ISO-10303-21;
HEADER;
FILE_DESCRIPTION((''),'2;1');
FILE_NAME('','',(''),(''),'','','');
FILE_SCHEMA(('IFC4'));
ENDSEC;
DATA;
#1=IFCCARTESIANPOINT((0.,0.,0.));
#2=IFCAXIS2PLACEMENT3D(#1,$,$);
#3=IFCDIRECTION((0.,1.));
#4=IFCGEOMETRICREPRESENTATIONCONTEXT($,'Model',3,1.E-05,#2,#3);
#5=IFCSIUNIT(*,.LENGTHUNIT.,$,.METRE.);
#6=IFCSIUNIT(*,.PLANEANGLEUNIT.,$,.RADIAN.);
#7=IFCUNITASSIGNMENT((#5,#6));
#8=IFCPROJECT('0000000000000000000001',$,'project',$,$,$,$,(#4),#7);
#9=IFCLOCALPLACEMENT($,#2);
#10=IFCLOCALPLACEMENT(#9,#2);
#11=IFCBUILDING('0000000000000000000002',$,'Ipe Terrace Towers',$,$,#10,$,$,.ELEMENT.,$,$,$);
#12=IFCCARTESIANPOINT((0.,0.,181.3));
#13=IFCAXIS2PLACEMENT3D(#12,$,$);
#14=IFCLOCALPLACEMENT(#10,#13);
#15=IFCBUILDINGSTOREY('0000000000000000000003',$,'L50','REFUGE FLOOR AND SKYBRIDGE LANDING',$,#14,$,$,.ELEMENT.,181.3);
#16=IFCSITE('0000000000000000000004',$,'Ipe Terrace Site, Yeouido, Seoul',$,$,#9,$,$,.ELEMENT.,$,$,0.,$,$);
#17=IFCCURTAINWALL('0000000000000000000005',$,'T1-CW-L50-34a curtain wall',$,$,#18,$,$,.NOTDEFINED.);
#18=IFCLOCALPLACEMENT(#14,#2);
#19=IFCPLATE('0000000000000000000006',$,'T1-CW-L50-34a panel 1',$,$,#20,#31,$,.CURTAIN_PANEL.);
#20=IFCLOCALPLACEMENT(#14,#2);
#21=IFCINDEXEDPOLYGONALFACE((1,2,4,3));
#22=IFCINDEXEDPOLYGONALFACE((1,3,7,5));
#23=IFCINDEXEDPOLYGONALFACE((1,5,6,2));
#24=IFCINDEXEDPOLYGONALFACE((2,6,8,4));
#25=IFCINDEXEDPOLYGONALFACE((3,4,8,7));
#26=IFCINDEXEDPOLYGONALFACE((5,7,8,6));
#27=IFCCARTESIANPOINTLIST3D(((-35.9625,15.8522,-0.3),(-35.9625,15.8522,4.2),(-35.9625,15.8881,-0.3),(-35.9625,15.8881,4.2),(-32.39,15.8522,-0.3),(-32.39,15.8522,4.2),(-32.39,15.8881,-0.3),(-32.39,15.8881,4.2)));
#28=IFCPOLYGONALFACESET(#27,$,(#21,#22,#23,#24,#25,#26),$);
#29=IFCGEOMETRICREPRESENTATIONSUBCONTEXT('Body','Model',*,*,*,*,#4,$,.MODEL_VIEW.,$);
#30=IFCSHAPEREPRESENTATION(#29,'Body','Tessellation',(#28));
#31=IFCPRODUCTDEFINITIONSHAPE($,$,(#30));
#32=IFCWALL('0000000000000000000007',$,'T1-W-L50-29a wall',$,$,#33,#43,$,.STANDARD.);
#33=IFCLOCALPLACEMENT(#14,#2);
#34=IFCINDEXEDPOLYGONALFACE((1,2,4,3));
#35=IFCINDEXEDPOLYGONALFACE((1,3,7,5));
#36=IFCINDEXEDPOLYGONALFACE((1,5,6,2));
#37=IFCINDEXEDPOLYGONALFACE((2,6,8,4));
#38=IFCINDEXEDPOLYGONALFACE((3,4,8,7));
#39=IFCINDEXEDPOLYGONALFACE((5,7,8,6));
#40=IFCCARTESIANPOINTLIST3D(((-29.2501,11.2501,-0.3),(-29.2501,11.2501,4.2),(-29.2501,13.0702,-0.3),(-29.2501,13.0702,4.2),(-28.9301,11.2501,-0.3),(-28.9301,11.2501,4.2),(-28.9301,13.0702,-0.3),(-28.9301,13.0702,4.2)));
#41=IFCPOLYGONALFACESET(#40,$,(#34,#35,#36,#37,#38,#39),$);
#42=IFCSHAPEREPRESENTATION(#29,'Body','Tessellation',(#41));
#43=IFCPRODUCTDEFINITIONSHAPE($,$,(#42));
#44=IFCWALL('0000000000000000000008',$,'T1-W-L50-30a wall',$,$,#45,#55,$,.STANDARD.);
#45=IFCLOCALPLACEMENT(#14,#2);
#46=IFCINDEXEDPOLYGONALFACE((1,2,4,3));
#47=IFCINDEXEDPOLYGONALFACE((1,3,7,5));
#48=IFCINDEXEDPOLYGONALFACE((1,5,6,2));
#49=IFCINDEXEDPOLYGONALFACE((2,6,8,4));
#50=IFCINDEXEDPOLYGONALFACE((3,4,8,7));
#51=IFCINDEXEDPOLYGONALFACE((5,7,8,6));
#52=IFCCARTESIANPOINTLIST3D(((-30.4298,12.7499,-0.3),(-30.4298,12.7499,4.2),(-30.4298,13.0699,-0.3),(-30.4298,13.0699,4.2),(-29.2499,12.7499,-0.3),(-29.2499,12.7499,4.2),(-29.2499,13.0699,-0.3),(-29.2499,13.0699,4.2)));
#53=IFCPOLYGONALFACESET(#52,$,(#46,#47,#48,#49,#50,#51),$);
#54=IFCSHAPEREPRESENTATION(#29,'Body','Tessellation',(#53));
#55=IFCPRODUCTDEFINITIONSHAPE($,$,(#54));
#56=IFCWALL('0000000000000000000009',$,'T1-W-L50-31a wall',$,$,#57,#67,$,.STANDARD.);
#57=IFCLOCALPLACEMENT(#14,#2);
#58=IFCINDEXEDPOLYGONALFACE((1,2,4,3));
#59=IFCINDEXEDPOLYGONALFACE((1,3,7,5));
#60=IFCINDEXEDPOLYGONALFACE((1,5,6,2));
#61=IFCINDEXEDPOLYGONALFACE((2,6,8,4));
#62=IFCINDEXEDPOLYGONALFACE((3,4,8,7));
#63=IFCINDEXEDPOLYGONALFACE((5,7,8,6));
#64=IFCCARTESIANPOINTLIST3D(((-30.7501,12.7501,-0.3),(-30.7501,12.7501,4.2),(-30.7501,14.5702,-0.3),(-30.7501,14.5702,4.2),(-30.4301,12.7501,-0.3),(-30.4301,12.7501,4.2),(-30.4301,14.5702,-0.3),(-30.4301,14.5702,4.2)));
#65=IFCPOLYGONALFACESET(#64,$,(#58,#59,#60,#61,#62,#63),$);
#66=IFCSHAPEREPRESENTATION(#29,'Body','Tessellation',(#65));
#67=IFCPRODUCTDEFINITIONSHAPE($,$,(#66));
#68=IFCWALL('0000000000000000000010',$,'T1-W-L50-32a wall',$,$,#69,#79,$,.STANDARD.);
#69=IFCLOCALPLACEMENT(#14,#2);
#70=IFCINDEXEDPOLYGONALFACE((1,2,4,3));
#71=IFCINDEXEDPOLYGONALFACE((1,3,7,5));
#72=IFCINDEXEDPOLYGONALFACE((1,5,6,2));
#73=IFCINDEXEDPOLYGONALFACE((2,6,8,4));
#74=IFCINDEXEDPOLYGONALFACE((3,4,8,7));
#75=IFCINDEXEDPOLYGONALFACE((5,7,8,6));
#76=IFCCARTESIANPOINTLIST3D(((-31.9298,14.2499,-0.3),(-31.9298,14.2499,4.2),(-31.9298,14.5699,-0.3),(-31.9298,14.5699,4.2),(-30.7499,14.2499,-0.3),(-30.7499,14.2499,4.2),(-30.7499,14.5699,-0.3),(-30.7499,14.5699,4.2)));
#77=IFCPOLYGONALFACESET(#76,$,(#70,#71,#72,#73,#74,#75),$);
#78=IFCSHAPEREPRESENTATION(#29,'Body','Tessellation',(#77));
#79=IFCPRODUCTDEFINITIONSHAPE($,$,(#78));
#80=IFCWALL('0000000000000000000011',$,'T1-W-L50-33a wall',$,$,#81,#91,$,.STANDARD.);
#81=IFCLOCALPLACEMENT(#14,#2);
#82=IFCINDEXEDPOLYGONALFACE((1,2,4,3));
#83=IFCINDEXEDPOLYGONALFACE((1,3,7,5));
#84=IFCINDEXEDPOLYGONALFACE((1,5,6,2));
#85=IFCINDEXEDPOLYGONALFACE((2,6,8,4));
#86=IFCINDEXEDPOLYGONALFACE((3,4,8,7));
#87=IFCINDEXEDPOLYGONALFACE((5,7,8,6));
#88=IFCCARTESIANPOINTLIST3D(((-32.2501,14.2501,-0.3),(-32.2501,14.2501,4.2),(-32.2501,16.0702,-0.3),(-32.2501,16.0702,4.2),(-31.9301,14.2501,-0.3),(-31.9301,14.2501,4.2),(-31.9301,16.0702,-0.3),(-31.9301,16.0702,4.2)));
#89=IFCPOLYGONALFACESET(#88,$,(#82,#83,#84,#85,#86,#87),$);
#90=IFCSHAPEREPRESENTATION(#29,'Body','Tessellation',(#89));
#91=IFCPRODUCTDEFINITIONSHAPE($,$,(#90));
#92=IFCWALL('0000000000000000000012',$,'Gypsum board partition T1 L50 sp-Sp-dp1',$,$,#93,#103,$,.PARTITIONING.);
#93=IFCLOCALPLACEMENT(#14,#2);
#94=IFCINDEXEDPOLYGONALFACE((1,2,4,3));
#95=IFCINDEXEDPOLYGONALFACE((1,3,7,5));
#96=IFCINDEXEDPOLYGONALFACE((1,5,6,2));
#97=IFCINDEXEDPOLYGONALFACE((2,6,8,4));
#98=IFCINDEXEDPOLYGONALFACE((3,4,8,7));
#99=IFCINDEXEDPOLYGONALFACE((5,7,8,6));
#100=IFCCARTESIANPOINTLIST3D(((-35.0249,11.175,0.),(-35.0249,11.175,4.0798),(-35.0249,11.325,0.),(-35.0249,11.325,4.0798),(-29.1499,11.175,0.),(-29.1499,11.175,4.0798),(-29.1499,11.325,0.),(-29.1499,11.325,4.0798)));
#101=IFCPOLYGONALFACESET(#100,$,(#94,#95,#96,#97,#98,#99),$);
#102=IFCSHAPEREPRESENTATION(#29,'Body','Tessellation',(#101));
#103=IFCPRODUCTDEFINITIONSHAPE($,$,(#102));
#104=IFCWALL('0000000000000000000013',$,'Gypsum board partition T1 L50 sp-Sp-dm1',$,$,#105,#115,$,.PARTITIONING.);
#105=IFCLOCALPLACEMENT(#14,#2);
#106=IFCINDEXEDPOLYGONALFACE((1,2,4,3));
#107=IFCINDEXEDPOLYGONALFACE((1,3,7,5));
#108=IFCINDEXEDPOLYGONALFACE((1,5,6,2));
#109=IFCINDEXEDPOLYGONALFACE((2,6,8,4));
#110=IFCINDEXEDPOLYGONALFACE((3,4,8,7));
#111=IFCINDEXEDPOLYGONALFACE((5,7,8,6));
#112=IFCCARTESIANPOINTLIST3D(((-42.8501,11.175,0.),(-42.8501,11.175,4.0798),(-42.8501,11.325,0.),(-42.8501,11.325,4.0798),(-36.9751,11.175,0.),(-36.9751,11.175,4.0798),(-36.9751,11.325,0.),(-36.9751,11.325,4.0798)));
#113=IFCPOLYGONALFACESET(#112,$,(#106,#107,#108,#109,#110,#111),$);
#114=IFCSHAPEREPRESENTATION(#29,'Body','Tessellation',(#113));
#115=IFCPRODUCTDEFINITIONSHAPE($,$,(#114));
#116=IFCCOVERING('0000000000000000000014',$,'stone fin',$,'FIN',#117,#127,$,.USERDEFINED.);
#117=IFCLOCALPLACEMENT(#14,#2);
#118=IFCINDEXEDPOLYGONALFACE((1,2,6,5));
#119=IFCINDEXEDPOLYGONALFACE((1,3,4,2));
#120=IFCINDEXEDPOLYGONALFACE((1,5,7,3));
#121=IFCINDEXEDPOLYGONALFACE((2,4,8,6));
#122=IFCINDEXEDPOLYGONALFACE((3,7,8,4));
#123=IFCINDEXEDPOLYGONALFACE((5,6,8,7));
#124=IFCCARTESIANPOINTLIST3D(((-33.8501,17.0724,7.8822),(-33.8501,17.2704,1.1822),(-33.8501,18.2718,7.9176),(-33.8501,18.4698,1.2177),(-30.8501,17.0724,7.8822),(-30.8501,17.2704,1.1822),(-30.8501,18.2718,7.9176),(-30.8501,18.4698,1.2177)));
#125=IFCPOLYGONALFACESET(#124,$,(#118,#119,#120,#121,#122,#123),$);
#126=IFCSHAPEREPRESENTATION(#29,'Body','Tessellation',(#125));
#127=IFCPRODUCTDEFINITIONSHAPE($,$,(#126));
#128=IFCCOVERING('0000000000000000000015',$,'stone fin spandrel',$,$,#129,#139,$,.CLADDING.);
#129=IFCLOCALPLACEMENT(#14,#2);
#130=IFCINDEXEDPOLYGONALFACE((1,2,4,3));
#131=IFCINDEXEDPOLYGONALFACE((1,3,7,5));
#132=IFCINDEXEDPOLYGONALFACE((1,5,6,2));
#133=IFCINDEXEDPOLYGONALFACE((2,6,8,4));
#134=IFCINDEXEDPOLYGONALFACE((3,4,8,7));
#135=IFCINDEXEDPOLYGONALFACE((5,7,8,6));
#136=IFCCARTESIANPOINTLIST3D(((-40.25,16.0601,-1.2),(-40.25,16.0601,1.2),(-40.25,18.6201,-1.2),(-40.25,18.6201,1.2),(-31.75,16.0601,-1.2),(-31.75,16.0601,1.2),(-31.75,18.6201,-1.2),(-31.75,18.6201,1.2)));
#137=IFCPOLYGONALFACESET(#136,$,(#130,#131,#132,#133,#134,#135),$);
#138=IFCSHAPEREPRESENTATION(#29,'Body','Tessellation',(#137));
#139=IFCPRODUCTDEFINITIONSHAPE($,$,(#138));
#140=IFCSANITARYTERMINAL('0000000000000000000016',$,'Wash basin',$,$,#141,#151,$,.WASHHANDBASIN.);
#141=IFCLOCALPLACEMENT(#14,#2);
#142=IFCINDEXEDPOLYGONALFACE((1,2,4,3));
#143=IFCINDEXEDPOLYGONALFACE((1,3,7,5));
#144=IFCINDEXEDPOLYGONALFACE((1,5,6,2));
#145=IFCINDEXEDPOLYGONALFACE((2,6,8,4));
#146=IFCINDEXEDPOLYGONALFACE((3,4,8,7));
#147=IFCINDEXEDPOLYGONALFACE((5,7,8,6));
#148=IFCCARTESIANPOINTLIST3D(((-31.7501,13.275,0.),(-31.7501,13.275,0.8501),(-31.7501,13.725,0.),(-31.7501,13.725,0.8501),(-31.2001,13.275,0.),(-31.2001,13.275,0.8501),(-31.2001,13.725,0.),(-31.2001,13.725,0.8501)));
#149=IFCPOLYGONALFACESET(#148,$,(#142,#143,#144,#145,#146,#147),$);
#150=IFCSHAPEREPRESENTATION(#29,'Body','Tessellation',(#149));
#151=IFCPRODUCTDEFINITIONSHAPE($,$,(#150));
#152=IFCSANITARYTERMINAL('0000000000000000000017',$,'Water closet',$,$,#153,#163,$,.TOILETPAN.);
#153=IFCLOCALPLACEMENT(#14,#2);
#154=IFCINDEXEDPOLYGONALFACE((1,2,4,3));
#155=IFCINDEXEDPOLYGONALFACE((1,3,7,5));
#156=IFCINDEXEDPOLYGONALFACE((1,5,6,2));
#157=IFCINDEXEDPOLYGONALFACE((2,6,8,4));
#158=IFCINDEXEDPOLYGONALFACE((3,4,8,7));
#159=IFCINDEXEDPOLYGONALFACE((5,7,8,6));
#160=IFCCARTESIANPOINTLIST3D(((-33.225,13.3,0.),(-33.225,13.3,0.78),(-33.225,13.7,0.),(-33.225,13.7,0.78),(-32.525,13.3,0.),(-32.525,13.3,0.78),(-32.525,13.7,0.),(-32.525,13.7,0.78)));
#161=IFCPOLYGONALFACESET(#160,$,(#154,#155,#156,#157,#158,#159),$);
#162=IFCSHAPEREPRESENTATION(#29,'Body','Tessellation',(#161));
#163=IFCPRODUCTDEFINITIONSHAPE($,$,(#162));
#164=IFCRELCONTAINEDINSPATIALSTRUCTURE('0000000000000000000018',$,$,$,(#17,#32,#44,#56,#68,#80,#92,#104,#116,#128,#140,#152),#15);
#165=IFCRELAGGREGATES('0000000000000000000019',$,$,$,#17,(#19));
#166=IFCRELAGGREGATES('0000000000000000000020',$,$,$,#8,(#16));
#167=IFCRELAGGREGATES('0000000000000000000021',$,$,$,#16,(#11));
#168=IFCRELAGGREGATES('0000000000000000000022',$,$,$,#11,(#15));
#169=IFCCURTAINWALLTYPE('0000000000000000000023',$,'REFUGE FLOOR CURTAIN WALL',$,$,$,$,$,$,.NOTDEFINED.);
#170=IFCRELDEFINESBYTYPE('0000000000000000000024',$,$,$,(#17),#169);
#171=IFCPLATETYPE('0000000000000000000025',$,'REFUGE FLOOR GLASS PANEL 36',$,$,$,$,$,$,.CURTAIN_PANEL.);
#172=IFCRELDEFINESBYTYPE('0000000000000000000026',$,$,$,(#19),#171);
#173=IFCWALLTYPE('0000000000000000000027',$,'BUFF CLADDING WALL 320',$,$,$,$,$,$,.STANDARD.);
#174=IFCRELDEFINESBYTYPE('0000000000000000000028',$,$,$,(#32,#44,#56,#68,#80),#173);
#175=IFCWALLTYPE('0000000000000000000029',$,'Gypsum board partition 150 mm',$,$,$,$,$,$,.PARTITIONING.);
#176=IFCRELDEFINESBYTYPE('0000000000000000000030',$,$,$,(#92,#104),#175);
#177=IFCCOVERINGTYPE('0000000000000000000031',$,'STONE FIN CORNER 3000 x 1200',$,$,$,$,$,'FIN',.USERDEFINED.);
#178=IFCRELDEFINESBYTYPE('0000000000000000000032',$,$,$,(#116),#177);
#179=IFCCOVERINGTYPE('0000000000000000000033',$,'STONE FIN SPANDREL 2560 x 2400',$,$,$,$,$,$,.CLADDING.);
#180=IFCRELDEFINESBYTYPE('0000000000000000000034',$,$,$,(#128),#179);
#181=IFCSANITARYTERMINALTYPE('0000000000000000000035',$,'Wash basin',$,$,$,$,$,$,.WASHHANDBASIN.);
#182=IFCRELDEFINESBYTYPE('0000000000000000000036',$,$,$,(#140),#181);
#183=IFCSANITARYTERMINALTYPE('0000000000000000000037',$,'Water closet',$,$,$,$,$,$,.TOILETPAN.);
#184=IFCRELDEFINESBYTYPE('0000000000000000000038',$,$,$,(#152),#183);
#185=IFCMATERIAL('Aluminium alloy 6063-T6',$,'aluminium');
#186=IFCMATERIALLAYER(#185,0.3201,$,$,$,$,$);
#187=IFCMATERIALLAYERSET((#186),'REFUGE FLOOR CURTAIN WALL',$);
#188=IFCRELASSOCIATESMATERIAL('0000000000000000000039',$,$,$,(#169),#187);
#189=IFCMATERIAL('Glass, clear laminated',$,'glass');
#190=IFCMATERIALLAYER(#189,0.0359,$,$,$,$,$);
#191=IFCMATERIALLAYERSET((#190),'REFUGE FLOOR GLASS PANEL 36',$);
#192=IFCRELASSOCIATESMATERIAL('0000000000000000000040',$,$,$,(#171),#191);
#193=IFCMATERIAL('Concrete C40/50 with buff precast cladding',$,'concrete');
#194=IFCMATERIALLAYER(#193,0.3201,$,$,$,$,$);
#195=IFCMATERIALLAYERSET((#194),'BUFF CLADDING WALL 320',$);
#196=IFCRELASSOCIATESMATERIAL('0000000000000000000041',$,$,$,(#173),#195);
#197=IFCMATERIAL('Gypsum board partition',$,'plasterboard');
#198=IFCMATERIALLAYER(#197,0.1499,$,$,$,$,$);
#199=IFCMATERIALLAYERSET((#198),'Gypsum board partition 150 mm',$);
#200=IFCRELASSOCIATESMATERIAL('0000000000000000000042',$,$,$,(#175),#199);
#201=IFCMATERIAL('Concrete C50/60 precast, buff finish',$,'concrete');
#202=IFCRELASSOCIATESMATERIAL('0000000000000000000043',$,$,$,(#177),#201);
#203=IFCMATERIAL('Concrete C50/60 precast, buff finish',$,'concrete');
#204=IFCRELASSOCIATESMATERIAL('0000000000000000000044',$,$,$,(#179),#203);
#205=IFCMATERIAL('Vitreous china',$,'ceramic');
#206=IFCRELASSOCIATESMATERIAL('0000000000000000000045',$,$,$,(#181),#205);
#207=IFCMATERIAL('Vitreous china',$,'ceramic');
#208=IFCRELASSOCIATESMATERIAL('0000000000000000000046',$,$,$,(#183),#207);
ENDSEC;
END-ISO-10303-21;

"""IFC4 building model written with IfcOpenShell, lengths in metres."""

from ifc_helpers import new_model, si_unit, direction, frame, frame_2d, origin, origin_2d, place, context, subcontext, project, spatial, rectangle, extrude, material, layer, layer_set, material_profile, profile_set, type_object, element, aggregate, save


model = new_model("IFC4")

# Units and contexts
model_context = context("Model", 3, precision=1e-05, world=origin(), true_north=direction((0.0, 1.0)))
body_context = subcontext(model_context, "Body", "Model", "MODEL_VIEW")
ifc_project = project(units=[si_unit("LENGTHUNIT", "METRE"), si_unit("PLANEANGLEUNIT", "RADIAN")], contexts=[model_context])

# Site, building, storey
site_placement = place(None, origin())
site = spatial("IfcSite", under=ifc_project, at=site_placement, Name="Ipe Terrace Site, Yeouido, Seoul", CompositionType="ELEMENT", RefElevation=0.0)
building_placement = place(site_placement, origin())
building = spatial("IfcBuilding", under=site, at=building_placement, Name="Ipe Terrace Towers", CompositionType="ELEMENT")
storey_placement = place(building_placement, frame((0.0, 0.0, 181.3)))
storey = spatial("IfcBuildingStorey", under=building, at=storey_placement, Name="L50", Description="REFUGE FLOOR AND SKYBRIDGE LANDING", CompositionType="ELEMENT", Elevation=181.3)

# Curtain wall, plate
ifc_material_1 = material(Name="Aluminium alloy 6063-T6", Category="aluminium")
ifc_layer_1 = layer(ifc_material_1, 0.3201)
ifc_layer_set_1 = layer_set([ifc_layer_1], Name="REFUGE FLOOR CURTAIN WALL")
curtain_wall_type = type_object("IfcCurtainWallType", Name="REFUGE FLOOR CURTAIN WALL", PredefinedType="NOTDEFINED", material=ifc_layer_set_1)
curtain_wall_placement = place(storey_placement, origin())
curtain_wall = element("IfcCurtainWall", 1, at=curtain_wall_placement, inside=storey, type_object=curtain_wall_type, Name="T1-CW-L50-34a curtain wall", PredefinedType="NOTDEFINED")
ifc_material_2 = material(Name="Glass, clear laminated", Category="glass")
ifc_layer_2 = layer(ifc_material_2, 0.0359)
ifc_layer_set_2 = layer_set([ifc_layer_2], Name="REFUGE FLOOR GLASS PANEL 36")
plate_type = type_object("IfcPlateType", Name="REFUGE FLOOR GLASS PANEL 36", PredefinedType="CURTAIN_PANEL", material=ifc_layer_set_2)
plate_placement = place(storey_placement, frame((-34.1763, 15.8701, -0.3), z_axis=(0.0, 0.0, 1.0), x_axis=(-1.0, 0.0, 0.0)))
plate = element("IfcPlate", 2, at=plate_placement, type_object=plate_type, Name="T1-CW-L50-34a panel 1", PredefinedType="CURTAIN_PANEL", context=body_context, shape_type="SweptSolid", body=[
    extrude(rectangle(XDim=3.5725, YDim=0.0359, at=origin_2d()), origin(), (0.0, 0.0, 1.0), 4.5),
])
aggregate(curtain_wall, [plate])

# Walls
ifc_material_3 = material(Name="Concrete C40/50 with buff precast cladding", Category="concrete")
ifc_layer_3 = layer(ifc_material_3, 0.3201)
ifc_layer_set_3 = layer_set([ifc_layer_3], Name="BUFF CLADDING WALL 320")
wall_type_1 = type_object("IfcWallType", Name="BUFF CLADDING WALL 320", PredefinedType="STANDARD", material=ifc_layer_set_3)
wall_1_placement = place(storey_placement, frame((-29.0901, 11.25, -0.3), z_axis=(0.0, 0.0, 1.0), x_axis=(0.0, 1.0, 0.0)))
element("IfcWall", 3, at=wall_1_placement, inside=storey, type_object=wall_type_1, Name="T1-W-L50-29a wall", PredefinedType="STANDARD", context=body_context, shape_type="SweptSolid", body=[
    extrude(rectangle(XDim=1.8201, YDim=0.3201, at=frame_2d((0.9102, 0.0))), origin(), (0.0, 0.0, 1.0), 4.5),
])
wall_2_placement = place(storey_placement, frame((-29.25, 12.9099, -0.3), z_axis=(0.0, 0.0, 1.0), x_axis=(-1.0, 0.0, 0.0)))
element("IfcWall", 4, at=wall_2_placement, inside=storey, type_object=wall_type_1, Name="T1-W-L50-30a wall", PredefinedType="STANDARD", context=body_context, shape_type="SweptSolid", body=[
    extrude(rectangle(XDim=1.1799, YDim=0.3201, at=frame_2d((0.5898, 0.0))), origin(), (0.0, 0.0, 1.0), 4.5),
])
wall_3_placement = place(storey_placement, frame((-30.5901, 12.75, -0.3), z_axis=(0.0, 0.0, 1.0), x_axis=(0.0, 1.0, 0.0)))
element("IfcWall", 5, at=wall_3_placement, inside=storey, type_object=wall_type_1, Name="T1-W-L50-31a wall", PredefinedType="STANDARD", context=body_context, shape_type="SweptSolid", body=[
    extrude(rectangle(XDim=1.8201, YDim=0.3201, at=frame_2d((0.9102, 0.0))), origin(), (0.0, 0.0, 1.0), 4.5),
])
wall_4_placement = place(storey_placement, frame((-30.75, 14.4099, -0.3), z_axis=(0.0, 0.0, 1.0), x_axis=(-1.0, 0.0, 0.0)))
element("IfcWall", 6, at=wall_4_placement, inside=storey, type_object=wall_type_1, Name="T1-W-L50-32a wall", PredefinedType="STANDARD", context=body_context, shape_type="SweptSolid", body=[
    extrude(rectangle(XDim=1.1799, YDim=0.3201, at=frame_2d((0.5898, 0.0))), origin(), (0.0, 0.0, 1.0), 4.5),
])
wall_5_placement = place(storey_placement, frame((-32.0901, 14.25, -0.3), z_axis=(0.0, 0.0, 1.0), x_axis=(0.0, 1.0, 0.0)))
element("IfcWall", 7, at=wall_5_placement, inside=storey, type_object=wall_type_1, Name="T1-W-L50-33a wall", PredefinedType="STANDARD", context=body_context, shape_type="SweptSolid", body=[
    extrude(rectangle(XDim=1.8201, YDim=0.3201, at=frame_2d((0.9102, 0.0))), origin(), (0.0, 0.0, 1.0), 4.5),
])
ifc_material_4 = material(Name="Gypsum board partition", Category="plasterboard")
ifc_layer_4 = layer(ifc_material_4, 0.1499)
ifc_layer_set_4 = layer_set([ifc_layer_4], Name="Gypsum board partition 150 mm")
wall_type_2 = type_object("IfcWallType", Name="Gypsum board partition 150 mm", PredefinedType="PARTITIONING", material=ifc_layer_set_4)
for number, where, z_axis, x_axis, name in (
    (8, (-35.0249, 11.25, 0.0), (0.0, 0.0, 1.0), (1.0, 0.0, 0.0), "Gypsum board partition T1 L50 sp-Sp-dp1"),
    (9, (-36.9751, 11.25, 0.0), (0.0, 0.0, 1.0), (-1.0, 0.0, 0.0), "Gypsum board partition T1 L50 sp-Sp-dm1"),
):
    element("IfcWall", number, at=place(storey_placement, frame(where, z_axis=z_axis, x_axis=x_axis)), inside=storey, type_object=wall_type_2, Name=name, PredefinedType="PARTITIONING", context=body_context, shape_type="SweptSolid", body=[
        extrude(rectangle(XDim=5.875, YDim=0.1499, at=frame_2d((2.9375, 0.0))), origin(), (0.0, 0.0, 1.0), 4.0798),
    ])

# Coverings
ifc_material_5 = material(Name="Concrete C50/60 precast, buff finish", Category="concrete")
ifc_material_profile_1 = material_profile(ifc_material_5, rectangle(XDim=3.0, YDim=1.2, at=origin_2d()), Name="STONE FIN CORNER 3000 x 1200")
ifc_profile_set_1 = profile_set([ifc_material_profile_1], Name="Concrete C50/60 precast, buff finish")
covering_type_1 = type_object("IfcCoveringType", Name="STONE FIN CORNER 3000 x 1200", ElementType="FIN", PredefinedType="USERDEFINED", material=ifc_profile_set_1)
covering_1_placement = place(storey_placement, frame((-32.3501, 17.8701, 1.2), z_axis=(0.0, -0.029539, 0.999564), x_axis=(-1.0, 0.0, 0.0)))
element("IfcCovering", 10, at=covering_1_placement, inside=storey, type_object=covering_type_1, Name="stone fin", ObjectType="FIN", PredefinedType="USERDEFINED", context=body_context, shape_type="SweptSolid", body=[
    extrude(rectangle(XDim=3.0, YDim=1.2, at=origin_2d()), origin(), (0.0, 0.0, 1.0), 6.7029),
])
ifc_material_6 = material(Name="Concrete C50/60 precast, buff finish", Category="concrete")
ifc_material_profile_2 = material_profile(ifc_material_6, rectangle(XDim=2.5601, YDim=2.3999, at=origin_2d()), Name="STONE FIN SPANDREL 2560 x 2400")
ifc_profile_set_2 = profile_set([ifc_material_profile_2], Name="Concrete C50/60 precast, buff finish")
covering_type_2 = type_object("IfcCoveringType", Name="STONE FIN SPANDREL 2560 x 2400", PredefinedType="CLADDING", material=ifc_profile_set_2)
covering_2_placement = place(storey_placement, frame((-31.75, 17.3401, 0.0), z_axis=(-1.0, 0.0, 0.0), x_axis=(0.0, 1.0, 0.0)))
element("IfcCovering", 11, at=covering_2_placement, inside=storey, type_object=covering_type_2, Name="stone fin spandrel", PredefinedType="CLADDING", context=body_context, shape_type="SweptSolid", body=[
    extrude(rectangle(XDim=2.5601, YDim=2.3999, at=origin_2d()), origin(), (0.0, 0.0, 1.0), 8.5),
])

# Sanitary terminals
ifc_material_7 = material(Name="Vitreous china", Category="ceramic")
sanitary_terminal_type_1 = type_object("IfcSanitaryTerminalType", Name="Wash basin", PredefinedType="WASHHANDBASIN", material=ifc_material_7)
sanitary_terminal_1_placement = place(storey_placement, frame((-31.4751, 13.5, 0.0), z_axis=(0.0, 0.0, 1.0), x_axis=(1.0, 0.0, 0.0)))
element("IfcSanitaryTerminal", 12, at=sanitary_terminal_1_placement, inside=storey, type_object=sanitary_terminal_type_1, Name="Wash basin", PredefinedType="WASHHANDBASIN", context=body_context, shape_type="SweptSolid", body=[
    extrude(rectangle(XDim=0.55, YDim=0.45, at=origin_2d()), origin(), (0.0, 0.0, 1.0), 0.8501),
])
ifc_material_8 = material(Name="Vitreous china", Category="ceramic")
sanitary_terminal_type_2 = type_object("IfcSanitaryTerminalType", Name="Water closet", PredefinedType="TOILETPAN", material=ifc_material_8)
sanitary_terminal_2_placement = place(storey_placement, frame((-32.875, 13.5, 0.0), z_axis=(0.0, 0.0, 1.0), x_axis=(1.0, 0.0, 0.0)))
element("IfcSanitaryTerminal", 13, at=sanitary_terminal_2_placement, inside=storey, type_object=sanitary_terminal_type_2, Name="Water closet", PredefinedType="TOILETPAN", context=body_context, shape_type="SweptSolid", body=[
    extrude(rectangle(XDim=0.7, YDim=0.3999, at=origin_2d()), origin(), (0.0, 0.0, 1.0), 0.78),
])

save(model, "model.ifc")
